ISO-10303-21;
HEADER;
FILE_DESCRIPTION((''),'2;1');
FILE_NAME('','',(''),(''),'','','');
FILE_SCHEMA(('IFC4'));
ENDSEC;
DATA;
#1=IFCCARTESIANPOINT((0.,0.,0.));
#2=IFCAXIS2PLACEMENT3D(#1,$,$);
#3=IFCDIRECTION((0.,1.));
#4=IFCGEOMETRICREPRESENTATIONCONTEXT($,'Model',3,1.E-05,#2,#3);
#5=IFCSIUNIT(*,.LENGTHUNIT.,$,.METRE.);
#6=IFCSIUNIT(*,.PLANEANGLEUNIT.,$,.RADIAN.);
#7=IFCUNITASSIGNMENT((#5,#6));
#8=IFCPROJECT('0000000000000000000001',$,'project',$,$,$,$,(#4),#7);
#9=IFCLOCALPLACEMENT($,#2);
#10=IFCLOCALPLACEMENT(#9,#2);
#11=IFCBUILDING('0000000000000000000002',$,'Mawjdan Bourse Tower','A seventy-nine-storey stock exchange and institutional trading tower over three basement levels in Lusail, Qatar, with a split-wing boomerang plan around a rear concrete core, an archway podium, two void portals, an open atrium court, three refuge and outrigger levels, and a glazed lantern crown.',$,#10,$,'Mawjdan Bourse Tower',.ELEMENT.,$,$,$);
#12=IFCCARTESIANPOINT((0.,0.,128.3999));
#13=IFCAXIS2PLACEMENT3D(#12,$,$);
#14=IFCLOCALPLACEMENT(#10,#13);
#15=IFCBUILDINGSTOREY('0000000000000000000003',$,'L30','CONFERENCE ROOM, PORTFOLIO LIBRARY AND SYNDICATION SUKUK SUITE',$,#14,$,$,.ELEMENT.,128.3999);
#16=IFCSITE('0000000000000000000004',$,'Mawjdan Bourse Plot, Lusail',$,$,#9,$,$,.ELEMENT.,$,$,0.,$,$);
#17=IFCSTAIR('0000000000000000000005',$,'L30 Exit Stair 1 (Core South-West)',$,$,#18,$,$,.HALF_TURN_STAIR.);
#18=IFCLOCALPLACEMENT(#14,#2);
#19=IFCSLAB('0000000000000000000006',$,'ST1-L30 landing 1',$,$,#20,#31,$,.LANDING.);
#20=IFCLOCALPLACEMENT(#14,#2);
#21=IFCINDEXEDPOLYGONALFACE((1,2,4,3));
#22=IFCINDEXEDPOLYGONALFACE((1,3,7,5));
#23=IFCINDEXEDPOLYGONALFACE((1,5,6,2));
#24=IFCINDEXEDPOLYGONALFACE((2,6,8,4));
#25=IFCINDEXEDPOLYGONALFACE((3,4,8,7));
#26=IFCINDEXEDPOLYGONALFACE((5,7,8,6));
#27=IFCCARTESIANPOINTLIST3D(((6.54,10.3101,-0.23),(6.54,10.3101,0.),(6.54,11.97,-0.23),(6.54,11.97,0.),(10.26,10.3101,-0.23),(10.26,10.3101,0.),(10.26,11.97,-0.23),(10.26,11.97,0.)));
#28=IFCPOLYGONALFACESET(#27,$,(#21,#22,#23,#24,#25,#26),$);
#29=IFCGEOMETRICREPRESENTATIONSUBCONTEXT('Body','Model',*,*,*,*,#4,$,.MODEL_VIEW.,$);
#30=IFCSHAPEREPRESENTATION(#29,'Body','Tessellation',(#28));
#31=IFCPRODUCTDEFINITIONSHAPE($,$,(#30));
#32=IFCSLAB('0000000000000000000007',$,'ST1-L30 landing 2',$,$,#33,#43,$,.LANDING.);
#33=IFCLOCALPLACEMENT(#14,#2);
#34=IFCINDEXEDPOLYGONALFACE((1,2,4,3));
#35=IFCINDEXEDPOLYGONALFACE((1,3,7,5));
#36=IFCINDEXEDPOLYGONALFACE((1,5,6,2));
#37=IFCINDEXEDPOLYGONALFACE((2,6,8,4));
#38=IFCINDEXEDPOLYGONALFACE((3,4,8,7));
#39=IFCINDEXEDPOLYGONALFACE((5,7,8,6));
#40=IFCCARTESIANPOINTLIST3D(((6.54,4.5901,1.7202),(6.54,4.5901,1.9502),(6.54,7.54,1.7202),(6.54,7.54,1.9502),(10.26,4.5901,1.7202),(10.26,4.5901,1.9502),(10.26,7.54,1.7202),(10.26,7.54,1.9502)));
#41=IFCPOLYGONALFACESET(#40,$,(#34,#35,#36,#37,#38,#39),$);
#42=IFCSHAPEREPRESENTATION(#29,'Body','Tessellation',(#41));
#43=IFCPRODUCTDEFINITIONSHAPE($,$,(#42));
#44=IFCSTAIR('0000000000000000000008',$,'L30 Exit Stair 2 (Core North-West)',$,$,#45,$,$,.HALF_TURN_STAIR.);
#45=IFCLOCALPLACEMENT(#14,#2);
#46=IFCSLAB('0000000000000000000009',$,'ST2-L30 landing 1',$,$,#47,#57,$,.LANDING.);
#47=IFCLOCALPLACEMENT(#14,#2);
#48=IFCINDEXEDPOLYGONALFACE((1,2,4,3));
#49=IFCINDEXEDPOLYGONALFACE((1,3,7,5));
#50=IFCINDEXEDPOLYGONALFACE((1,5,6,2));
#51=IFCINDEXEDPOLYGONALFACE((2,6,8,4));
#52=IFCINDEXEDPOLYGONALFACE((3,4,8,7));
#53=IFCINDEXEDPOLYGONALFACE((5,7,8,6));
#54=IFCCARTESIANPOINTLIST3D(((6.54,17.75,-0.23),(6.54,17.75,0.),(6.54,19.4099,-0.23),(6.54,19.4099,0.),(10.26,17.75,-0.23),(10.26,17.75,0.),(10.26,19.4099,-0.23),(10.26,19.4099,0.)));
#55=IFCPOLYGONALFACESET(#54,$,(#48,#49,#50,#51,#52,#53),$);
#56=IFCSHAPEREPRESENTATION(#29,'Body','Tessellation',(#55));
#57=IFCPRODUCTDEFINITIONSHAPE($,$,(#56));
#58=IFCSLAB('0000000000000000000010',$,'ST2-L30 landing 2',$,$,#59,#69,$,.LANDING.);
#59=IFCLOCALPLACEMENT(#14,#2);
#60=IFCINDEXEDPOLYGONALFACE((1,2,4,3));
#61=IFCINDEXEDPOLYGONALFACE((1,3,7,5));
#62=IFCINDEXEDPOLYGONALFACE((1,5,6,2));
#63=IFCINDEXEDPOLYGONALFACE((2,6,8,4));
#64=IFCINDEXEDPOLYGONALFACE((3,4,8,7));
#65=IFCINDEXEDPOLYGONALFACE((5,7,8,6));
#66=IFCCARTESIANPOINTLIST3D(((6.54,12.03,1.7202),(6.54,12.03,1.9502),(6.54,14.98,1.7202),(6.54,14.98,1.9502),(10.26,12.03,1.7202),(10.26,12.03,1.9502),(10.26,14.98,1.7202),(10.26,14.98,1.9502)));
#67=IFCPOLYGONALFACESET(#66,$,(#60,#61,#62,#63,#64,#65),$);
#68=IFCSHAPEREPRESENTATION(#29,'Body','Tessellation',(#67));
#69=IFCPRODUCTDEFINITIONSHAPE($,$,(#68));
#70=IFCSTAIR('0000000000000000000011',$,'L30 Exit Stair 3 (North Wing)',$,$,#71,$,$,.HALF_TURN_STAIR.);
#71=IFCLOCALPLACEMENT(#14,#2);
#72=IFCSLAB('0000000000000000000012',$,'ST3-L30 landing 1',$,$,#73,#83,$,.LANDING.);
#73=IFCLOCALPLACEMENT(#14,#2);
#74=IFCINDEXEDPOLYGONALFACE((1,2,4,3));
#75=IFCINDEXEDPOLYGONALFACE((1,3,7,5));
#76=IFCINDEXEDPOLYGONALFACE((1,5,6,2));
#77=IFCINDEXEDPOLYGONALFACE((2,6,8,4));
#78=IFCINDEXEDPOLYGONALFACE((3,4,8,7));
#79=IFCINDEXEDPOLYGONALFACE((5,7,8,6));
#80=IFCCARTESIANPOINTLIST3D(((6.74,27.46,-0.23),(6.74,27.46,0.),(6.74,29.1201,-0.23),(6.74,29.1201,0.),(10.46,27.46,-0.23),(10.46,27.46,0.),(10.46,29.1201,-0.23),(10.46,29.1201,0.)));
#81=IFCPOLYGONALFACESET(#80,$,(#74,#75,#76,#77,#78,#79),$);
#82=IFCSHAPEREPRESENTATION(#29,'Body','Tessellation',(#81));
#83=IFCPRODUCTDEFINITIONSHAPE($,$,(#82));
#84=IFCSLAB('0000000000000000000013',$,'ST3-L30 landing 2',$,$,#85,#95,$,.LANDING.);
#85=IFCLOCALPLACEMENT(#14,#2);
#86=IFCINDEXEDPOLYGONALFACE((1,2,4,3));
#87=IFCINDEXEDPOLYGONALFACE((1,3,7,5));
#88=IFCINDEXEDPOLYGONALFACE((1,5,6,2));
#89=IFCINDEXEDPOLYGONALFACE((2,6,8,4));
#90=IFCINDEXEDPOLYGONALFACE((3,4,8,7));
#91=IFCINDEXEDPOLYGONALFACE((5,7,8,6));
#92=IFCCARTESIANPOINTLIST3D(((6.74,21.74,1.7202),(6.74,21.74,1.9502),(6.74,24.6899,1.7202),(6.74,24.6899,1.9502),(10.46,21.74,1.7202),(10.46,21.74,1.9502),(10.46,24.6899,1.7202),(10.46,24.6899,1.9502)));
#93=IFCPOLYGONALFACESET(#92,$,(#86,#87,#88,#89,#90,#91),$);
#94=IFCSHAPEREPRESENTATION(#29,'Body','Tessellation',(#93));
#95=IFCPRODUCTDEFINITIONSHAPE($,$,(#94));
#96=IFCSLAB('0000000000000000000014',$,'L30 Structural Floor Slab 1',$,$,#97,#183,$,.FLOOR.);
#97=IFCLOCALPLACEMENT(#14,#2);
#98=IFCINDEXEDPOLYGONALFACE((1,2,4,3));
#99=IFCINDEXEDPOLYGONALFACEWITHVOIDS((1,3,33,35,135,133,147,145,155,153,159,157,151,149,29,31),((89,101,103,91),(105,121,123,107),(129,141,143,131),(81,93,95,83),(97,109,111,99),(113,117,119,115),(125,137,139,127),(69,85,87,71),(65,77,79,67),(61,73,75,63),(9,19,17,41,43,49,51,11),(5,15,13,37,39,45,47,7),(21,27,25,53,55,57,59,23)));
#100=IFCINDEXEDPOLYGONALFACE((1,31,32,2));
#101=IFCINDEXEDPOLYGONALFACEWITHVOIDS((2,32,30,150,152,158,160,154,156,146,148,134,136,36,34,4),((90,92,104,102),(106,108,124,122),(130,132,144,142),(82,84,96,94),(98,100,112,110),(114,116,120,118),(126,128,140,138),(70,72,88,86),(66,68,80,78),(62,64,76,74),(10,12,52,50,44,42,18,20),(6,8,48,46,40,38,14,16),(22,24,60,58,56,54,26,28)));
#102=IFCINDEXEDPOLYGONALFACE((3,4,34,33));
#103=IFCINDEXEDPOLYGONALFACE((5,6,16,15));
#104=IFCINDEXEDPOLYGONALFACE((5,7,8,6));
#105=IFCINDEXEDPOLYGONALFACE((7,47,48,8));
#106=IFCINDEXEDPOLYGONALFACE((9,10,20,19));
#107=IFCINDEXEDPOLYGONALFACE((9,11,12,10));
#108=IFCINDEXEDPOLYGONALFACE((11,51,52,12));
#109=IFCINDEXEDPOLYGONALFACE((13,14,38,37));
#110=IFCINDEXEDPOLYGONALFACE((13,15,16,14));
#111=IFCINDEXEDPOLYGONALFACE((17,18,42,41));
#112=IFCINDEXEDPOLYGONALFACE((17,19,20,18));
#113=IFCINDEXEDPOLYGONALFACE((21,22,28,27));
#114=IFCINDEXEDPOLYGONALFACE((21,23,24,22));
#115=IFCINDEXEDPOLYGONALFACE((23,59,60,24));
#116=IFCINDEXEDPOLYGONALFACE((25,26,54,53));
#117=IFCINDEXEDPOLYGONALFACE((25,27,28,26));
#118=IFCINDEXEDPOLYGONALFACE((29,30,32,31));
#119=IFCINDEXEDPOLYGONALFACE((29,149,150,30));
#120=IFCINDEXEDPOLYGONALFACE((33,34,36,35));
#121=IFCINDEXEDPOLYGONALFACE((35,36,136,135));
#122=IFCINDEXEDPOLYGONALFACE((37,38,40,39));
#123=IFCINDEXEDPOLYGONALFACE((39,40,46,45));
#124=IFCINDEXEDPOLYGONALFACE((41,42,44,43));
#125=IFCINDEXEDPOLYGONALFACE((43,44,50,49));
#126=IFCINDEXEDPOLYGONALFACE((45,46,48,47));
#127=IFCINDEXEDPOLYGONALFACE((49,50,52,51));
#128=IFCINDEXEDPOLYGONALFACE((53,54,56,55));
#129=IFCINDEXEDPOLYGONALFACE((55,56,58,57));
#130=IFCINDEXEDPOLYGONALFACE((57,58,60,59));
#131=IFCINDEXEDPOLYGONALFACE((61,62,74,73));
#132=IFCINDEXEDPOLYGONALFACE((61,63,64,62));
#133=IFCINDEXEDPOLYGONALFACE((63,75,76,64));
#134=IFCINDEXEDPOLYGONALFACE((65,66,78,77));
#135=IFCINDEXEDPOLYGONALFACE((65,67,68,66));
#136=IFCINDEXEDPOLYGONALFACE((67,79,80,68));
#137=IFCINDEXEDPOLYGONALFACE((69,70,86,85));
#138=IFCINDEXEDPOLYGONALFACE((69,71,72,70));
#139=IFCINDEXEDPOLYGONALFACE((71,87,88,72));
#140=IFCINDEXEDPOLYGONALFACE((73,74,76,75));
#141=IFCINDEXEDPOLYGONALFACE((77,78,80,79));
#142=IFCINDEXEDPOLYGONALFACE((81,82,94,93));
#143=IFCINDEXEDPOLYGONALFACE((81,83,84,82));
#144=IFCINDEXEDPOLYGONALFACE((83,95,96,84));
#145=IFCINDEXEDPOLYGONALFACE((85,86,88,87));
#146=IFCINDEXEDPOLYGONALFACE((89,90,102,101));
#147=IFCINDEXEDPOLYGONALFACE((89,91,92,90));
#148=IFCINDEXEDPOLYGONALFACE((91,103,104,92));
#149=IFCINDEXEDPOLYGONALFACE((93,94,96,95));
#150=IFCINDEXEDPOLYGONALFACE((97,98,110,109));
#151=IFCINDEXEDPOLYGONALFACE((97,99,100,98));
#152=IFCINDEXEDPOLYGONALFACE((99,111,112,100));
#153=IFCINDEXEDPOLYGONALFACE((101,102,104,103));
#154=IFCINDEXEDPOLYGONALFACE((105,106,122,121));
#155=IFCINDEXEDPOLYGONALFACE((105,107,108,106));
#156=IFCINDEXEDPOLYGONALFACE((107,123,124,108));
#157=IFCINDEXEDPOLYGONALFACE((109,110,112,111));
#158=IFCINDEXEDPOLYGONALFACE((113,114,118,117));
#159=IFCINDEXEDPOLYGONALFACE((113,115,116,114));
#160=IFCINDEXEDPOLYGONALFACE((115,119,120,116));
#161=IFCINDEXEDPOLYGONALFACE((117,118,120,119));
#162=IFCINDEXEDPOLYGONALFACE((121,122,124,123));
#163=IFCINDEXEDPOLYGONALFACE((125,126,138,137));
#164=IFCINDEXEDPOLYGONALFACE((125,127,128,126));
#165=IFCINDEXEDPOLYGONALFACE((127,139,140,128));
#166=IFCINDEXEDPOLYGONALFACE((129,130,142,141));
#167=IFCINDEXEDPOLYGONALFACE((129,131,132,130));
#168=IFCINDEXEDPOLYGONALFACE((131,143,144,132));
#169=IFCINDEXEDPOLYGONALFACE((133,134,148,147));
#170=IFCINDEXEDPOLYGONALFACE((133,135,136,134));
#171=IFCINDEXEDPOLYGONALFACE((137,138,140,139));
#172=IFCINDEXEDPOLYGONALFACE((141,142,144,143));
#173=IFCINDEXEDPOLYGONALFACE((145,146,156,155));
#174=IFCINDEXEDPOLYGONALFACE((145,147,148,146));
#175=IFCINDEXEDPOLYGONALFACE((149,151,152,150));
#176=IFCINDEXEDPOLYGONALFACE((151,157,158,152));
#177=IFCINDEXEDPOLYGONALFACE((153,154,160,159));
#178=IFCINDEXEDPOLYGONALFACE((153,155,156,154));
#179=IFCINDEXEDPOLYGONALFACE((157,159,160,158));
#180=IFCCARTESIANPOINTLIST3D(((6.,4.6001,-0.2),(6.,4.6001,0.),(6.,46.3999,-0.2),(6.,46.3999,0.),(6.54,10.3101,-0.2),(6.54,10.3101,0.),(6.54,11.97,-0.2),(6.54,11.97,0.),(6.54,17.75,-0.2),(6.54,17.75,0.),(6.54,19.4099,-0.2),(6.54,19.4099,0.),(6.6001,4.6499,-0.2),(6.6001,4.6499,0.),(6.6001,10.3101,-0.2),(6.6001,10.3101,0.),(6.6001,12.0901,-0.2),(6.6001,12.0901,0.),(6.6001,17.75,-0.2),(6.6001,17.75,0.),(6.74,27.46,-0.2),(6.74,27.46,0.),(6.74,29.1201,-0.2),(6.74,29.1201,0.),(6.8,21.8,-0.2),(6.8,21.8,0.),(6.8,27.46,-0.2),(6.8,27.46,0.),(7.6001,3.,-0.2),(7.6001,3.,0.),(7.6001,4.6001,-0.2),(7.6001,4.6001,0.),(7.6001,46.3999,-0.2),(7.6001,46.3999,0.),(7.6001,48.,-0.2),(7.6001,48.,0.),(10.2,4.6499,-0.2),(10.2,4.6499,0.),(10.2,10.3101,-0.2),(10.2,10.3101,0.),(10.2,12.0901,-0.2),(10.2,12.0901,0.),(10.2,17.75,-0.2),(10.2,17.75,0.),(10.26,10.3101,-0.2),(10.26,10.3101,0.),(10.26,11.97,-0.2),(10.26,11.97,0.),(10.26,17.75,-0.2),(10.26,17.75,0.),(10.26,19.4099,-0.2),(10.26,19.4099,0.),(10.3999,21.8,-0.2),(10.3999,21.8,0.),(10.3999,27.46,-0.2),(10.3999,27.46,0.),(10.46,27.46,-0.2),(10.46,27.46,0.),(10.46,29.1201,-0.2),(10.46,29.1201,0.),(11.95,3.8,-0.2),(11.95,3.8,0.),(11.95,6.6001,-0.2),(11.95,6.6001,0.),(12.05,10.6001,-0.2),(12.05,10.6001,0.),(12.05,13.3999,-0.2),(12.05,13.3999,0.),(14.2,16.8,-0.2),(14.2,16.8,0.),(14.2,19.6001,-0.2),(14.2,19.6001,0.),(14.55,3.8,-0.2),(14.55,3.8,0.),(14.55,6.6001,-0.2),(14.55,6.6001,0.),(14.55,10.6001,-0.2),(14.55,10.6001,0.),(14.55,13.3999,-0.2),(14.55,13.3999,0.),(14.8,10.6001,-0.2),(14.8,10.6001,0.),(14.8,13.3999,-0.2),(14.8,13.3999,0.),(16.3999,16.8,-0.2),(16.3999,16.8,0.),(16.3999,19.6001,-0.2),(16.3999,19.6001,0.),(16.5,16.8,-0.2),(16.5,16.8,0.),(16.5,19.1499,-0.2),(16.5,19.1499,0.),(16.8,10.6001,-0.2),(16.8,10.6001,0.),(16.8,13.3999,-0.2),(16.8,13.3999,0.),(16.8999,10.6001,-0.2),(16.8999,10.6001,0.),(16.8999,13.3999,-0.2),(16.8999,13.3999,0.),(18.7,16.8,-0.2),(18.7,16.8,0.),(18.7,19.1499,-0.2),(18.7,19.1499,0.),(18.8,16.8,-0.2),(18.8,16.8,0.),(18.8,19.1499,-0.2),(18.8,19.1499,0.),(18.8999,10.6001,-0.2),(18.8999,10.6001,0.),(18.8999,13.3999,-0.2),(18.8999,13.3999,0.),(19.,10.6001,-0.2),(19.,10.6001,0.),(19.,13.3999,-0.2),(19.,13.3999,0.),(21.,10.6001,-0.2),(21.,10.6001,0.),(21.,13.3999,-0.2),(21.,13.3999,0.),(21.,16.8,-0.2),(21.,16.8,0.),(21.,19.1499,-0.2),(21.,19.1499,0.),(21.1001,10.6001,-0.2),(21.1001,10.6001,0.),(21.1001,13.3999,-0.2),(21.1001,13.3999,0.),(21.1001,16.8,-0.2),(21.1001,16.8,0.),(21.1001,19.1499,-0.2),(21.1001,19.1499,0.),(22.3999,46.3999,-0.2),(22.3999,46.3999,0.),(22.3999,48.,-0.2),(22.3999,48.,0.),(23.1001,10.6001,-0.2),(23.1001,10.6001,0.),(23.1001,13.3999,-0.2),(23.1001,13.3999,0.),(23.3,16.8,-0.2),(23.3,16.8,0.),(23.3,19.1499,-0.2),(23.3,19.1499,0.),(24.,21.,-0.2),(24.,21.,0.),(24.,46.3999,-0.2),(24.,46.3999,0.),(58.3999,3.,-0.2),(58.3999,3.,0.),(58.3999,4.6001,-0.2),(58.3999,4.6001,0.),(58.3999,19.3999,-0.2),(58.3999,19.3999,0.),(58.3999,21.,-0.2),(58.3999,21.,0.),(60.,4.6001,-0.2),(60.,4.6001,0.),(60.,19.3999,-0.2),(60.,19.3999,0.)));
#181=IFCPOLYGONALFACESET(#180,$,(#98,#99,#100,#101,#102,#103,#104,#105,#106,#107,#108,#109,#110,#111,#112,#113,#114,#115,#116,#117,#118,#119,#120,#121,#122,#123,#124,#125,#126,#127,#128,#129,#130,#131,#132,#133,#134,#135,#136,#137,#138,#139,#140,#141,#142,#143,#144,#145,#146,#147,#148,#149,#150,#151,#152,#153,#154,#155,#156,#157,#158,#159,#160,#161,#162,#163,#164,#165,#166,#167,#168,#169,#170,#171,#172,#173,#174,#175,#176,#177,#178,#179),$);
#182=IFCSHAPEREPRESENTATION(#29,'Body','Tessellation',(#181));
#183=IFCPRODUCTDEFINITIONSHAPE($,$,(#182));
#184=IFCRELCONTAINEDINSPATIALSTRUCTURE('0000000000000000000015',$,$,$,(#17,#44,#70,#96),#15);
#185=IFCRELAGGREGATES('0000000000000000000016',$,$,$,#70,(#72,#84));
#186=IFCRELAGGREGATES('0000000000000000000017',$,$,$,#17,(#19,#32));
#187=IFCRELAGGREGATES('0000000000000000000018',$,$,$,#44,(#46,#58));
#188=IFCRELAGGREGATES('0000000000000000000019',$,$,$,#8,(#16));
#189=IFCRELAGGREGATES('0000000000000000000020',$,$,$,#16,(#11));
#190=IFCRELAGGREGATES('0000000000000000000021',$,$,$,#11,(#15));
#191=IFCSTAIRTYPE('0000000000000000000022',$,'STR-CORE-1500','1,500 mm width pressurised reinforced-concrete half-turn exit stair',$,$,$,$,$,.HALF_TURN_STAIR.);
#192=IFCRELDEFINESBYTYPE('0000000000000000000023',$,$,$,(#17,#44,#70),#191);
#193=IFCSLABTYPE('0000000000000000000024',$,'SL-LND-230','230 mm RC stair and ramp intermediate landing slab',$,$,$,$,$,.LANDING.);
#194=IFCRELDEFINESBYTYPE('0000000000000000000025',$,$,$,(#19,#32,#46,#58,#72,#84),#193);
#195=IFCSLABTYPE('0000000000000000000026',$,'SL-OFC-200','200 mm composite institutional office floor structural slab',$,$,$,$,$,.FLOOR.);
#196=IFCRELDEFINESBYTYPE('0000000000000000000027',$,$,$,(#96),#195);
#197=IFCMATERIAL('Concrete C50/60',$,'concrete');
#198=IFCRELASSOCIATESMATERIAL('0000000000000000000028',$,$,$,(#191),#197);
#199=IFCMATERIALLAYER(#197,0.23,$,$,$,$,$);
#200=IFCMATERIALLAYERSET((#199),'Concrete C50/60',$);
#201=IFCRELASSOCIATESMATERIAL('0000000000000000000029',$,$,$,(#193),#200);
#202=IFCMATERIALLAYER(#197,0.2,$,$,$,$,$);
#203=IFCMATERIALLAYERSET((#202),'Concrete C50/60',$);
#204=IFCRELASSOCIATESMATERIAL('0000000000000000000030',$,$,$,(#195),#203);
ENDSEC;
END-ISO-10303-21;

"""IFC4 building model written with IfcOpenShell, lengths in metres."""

from ifc_helpers import new_model, si_unit, direction, frame, origin, place, context, subcontext, project, spatial, polyline, outline, extrude, material, layer, layer_set, type_object, element, aggregate, save


model = new_model("IFC4")

# Units and contexts
model_context = context("Model", 3, precision=1e-05, world=origin(), true_north=direction((0.0, 1.0)))
body_context = subcontext(model_context, "Body", "Model", "MODEL_VIEW")
ifc_project = project(units=[si_unit("LENGTHUNIT", "METRE"), si_unit("PLANEANGLEUNIT", "RADIAN")], contexts=[model_context])

# Site, building, storey
site_placement = place(None, origin())
site = spatial("IfcSite", under=ifc_project, at=site_placement, Name="Mawjdan Bourse Plot, Lusail", CompositionType="ELEMENT", RefElevation=0.0)
building_placement = place(site_placement, origin())
building = spatial("IfcBuilding", under=site, at=building_placement, Name="Mawjdan Bourse Tower", Description="A seventy-nine-storey stock exchange and institutional trading tower over three basement levels in Lusail, Qatar, with a split-wing boomerang plan around a rear concrete core, an archway podium, two void portals, an open atrium court, three refuge and outrigger levels, and a glazed lantern crown.", LongName="Mawjdan Bourse Tower", CompositionType="ELEMENT")
storey_placement = place(building_placement, frame((0.0, 0.0, 128.3999)))
storey = spatial("IfcBuildingStorey", under=building, at=storey_placement, Name="L30", Description="CONFERENCE ROOM, PORTFOLIO LIBRARY AND SYNDICATION SUKUK SUITE", CompositionType="ELEMENT", Elevation=128.3999)

# Stairs, slabs
ifc_material_1 = material(Name="Concrete C50/60", Category="concrete")
stair_type = type_object("IfcStairType", Name="STR-CORE-1500", Description="1,500 mm width pressurised reinforced-concrete half-turn exit stair", PredefinedType="HALF_TURN_STAIR", material=ifc_material_1)
stair_1_placement = place(storey_placement, origin())
stair_1 = element("IfcStair", 1, at=stair_1_placement, inside=storey, type_object=stair_type, Name="L30 Exit Stair 1 (Core South-West)", PredefinedType="HALF_TURN_STAIR")
ifc_layer_1 = layer(ifc_material_1, 0.23)
ifc_layer_set_1 = layer_set([ifc_layer_1], Name="Concrete C50/60")
slab_type_1 = type_object("IfcSlabType", Name="SL-LND-230", Description="230 mm RC stair and ramp intermediate landing slab", PredefinedType="LANDING", material=ifc_layer_set_1)
slab_1_placement = place(storey_placement, frame((0.0, 0.0, -0.23)))
slab_1 = element("IfcSlab", 2, at=slab_1_placement, type_object=slab_type_1, Name="ST1-L30 landing 1", PredefinedType="LANDING", context=body_context, shape_type="SweptSolid", body=[
    extrude(outline(polyline([(6.54, 10.3101), (10.26, 10.3101), (10.26, 11.97), (6.54, 11.97), (6.54, 10.3101)])), origin(), (0.0, 0.0, 1.0), 0.23),
])
slab_2_placement = place(storey_placement, frame((0.0, 0.0, 1.7202)))
slab_2 = element("IfcSlab", 3, at=slab_2_placement, type_object=slab_type_1, Name="ST1-L30 landing 2", PredefinedType="LANDING", context=body_context, shape_type="SweptSolid", body=[
    extrude(outline(polyline([(6.54, 4.5901), (10.26, 4.5901), (10.26, 7.54), (6.54, 7.54), (6.54, 4.5901)])), origin(), (0.0, 0.0, 1.0), 0.23),
])
stair_2_placement = place(storey_placement, origin())
stair_2 = element("IfcStair", 4, at=stair_2_placement, inside=storey, type_object=stair_type, Name="L30 Exit Stair 2 (Core North-West)", PredefinedType="HALF_TURN_STAIR")
slab_3_placement = place(storey_placement, frame((0.0, 0.0, -0.23)))
slab_3 = element("IfcSlab", 5, at=slab_3_placement, type_object=slab_type_1, Name="ST2-L30 landing 1", PredefinedType="LANDING", context=body_context, shape_type="SweptSolid", body=[
    extrude(outline(polyline([(6.54, 17.75), (10.26, 17.75), (10.26, 19.4099), (6.54, 19.4099), (6.54, 17.75)])), origin(), (0.0, 0.0, 1.0), 0.23),
])
slab_4_placement = place(storey_placement, frame((0.0, 0.0, 1.7202)))
slab_4 = element("IfcSlab", 6, at=slab_4_placement, type_object=slab_type_1, Name="ST2-L30 landing 2", PredefinedType="LANDING", context=body_context, shape_type="SweptSolid", body=[
    extrude(outline(polyline([(6.54, 12.03), (10.26, 12.03), (10.26, 14.98), (6.54, 14.98), (6.54, 12.03)])), origin(), (0.0, 0.0, 1.0), 0.23),
])
stair_3_placement = place(storey_placement, origin())
stair_3 = element("IfcStair", 7, at=stair_3_placement, inside=storey, type_object=stair_type, Name="L30 Exit Stair 3 (North Wing)", PredefinedType="HALF_TURN_STAIR")
slab_5_placement = place(storey_placement, frame((0.0, 0.0, -0.23)))
slab_5 = element("IfcSlab", 8, at=slab_5_placement, type_object=slab_type_1, Name="ST3-L30 landing 1", PredefinedType="LANDING", context=body_context, shape_type="SweptSolid", body=[
    extrude(outline(polyline([(6.74, 27.46), (10.46, 27.46), (10.46, 29.1201), (6.74, 29.1201), (6.74, 27.46)])), origin(), (0.0, 0.0, 1.0), 0.23),
])
slab_6_placement = place(storey_placement, frame((0.0, 0.0, 1.7202)))
slab_6 = element("IfcSlab", 9, at=slab_6_placement, type_object=slab_type_1, Name="ST3-L30 landing 2", PredefinedType="LANDING", context=body_context, shape_type="SweptSolid", body=[
    extrude(outline(polyline([(6.74, 21.74), (10.46, 21.74), (10.46, 24.6899), (6.74, 24.6899), (6.74, 21.74)])), origin(), (0.0, 0.0, 1.0), 0.23),
])
aggregate(stair_3, [slab_5, slab_6])

# Slab
ifc_layer_2 = layer(ifc_material_1, 0.2)
ifc_layer_set_2 = layer_set([ifc_layer_2], Name="Concrete C50/60")
slab_type_2 = type_object("IfcSlabType", Name="SL-OFC-200", Description="200 mm composite institutional office floor structural slab", PredefinedType="FLOOR", material=ifc_layer_set_2)
slab_7_placement = place(storey_placement, frame((0.0, 0.0, -0.2)))
element("IfcSlab", 10, at=slab_7_placement, inside=storey, type_object=slab_type_2, Name="L30 Structural Floor Slab 1", PredefinedType="FLOOR", context=body_context, shape_type="SweptSolid", body=[
    extrude(outline(polyline([(7.6001, 3.0), (58.3999, 3.0), (58.3999, 4.6001), (60.0, 4.6001), (60.0, 19.3999), (58.3999, 19.3999), (58.3999, 21.0), (24.0, 21.0), (24.0, 46.3999), (22.3999, 46.3999), (22.3999, 48.0), (7.6001, 48.0), (7.6001, 46.3999), (6.0, 46.3999), (6.0, 4.6001), (7.6001, 4.6001), (7.6001, 3.0)]), holes=[polyline([(11.95, 3.8), (11.95, 6.6001), (14.55, 6.6001), (14.55, 3.8), (11.95, 3.8)]), polyline([(6.6001, 10.3101), (6.54, 10.3101), (6.54, 11.97), (10.26, 11.97), (10.26, 10.3101), (10.2, 10.3101), (10.2, 4.6499), (6.6001, 4.6499), (6.6001, 10.3101)]), polyline([(12.05, 10.6001), (12.05, 13.3999), (14.55, 13.3999), (14.55, 10.6001), (12.05, 10.6001)]), polyline([(10.26, 19.4099), (10.26, 17.75), (10.2, 17.75), (10.2, 12.0901), (6.6001, 12.0901), (6.6001, 17.75), (6.54, 17.75), (6.54, 19.4099), (10.26, 19.4099)]), polyline([(10.46, 29.1201), (10.46, 27.46), (10.3999, 27.46), (10.3999, 21.8), (6.8, 21.8), (6.8, 27.46), (6.74, 27.46), (6.74, 29.1201), (10.46, 29.1201)]), polyline([(14.8, 10.6001), (14.8, 13.3999), (16.8, 13.3999), (16.8, 10.6001), (14.8, 10.6001)]), polyline([(16.8999, 10.6001), (16.8999, 13.3999), (18.8999, 13.3999), (18.8999, 10.6001), (16.8999, 10.6001)]), polyline([(19.0, 10.6001), (19.0, 13.3999), (21.0, 13.3999), (21.0, 10.6001), (19.0, 10.6001)]), polyline([(21.1001, 10.6001), (21.1001, 13.3999), (23.1001, 13.3999), (23.1001, 10.6001), (21.1001, 10.6001)]), polyline([(16.5, 16.8), (16.5, 19.1499), (18.7, 19.1499), (18.7, 16.8), (16.5, 16.8)]), polyline([(18.8, 16.8), (18.8, 19.1499), (21.0, 19.1499), (21.0, 16.8), (18.8, 16.8)]), polyline([(21.1001, 16.8), (21.1001, 19.1499), (23.3, 19.1499), (23.3, 16.8), (21.1001, 16.8)]), polyline([(14.2, 16.8), (14.2, 19.6001), (16.3999, 19.6001), (16.3999, 16.8), (14.2, 16.8)])]), origin(), (0.0, 0.0, 1.0), 0.2),
])

aggregate(stair_1, [slab_1, slab_2])
aggregate(stair_2, [slab_3, slab_4])

save(model, "model.ifc")
